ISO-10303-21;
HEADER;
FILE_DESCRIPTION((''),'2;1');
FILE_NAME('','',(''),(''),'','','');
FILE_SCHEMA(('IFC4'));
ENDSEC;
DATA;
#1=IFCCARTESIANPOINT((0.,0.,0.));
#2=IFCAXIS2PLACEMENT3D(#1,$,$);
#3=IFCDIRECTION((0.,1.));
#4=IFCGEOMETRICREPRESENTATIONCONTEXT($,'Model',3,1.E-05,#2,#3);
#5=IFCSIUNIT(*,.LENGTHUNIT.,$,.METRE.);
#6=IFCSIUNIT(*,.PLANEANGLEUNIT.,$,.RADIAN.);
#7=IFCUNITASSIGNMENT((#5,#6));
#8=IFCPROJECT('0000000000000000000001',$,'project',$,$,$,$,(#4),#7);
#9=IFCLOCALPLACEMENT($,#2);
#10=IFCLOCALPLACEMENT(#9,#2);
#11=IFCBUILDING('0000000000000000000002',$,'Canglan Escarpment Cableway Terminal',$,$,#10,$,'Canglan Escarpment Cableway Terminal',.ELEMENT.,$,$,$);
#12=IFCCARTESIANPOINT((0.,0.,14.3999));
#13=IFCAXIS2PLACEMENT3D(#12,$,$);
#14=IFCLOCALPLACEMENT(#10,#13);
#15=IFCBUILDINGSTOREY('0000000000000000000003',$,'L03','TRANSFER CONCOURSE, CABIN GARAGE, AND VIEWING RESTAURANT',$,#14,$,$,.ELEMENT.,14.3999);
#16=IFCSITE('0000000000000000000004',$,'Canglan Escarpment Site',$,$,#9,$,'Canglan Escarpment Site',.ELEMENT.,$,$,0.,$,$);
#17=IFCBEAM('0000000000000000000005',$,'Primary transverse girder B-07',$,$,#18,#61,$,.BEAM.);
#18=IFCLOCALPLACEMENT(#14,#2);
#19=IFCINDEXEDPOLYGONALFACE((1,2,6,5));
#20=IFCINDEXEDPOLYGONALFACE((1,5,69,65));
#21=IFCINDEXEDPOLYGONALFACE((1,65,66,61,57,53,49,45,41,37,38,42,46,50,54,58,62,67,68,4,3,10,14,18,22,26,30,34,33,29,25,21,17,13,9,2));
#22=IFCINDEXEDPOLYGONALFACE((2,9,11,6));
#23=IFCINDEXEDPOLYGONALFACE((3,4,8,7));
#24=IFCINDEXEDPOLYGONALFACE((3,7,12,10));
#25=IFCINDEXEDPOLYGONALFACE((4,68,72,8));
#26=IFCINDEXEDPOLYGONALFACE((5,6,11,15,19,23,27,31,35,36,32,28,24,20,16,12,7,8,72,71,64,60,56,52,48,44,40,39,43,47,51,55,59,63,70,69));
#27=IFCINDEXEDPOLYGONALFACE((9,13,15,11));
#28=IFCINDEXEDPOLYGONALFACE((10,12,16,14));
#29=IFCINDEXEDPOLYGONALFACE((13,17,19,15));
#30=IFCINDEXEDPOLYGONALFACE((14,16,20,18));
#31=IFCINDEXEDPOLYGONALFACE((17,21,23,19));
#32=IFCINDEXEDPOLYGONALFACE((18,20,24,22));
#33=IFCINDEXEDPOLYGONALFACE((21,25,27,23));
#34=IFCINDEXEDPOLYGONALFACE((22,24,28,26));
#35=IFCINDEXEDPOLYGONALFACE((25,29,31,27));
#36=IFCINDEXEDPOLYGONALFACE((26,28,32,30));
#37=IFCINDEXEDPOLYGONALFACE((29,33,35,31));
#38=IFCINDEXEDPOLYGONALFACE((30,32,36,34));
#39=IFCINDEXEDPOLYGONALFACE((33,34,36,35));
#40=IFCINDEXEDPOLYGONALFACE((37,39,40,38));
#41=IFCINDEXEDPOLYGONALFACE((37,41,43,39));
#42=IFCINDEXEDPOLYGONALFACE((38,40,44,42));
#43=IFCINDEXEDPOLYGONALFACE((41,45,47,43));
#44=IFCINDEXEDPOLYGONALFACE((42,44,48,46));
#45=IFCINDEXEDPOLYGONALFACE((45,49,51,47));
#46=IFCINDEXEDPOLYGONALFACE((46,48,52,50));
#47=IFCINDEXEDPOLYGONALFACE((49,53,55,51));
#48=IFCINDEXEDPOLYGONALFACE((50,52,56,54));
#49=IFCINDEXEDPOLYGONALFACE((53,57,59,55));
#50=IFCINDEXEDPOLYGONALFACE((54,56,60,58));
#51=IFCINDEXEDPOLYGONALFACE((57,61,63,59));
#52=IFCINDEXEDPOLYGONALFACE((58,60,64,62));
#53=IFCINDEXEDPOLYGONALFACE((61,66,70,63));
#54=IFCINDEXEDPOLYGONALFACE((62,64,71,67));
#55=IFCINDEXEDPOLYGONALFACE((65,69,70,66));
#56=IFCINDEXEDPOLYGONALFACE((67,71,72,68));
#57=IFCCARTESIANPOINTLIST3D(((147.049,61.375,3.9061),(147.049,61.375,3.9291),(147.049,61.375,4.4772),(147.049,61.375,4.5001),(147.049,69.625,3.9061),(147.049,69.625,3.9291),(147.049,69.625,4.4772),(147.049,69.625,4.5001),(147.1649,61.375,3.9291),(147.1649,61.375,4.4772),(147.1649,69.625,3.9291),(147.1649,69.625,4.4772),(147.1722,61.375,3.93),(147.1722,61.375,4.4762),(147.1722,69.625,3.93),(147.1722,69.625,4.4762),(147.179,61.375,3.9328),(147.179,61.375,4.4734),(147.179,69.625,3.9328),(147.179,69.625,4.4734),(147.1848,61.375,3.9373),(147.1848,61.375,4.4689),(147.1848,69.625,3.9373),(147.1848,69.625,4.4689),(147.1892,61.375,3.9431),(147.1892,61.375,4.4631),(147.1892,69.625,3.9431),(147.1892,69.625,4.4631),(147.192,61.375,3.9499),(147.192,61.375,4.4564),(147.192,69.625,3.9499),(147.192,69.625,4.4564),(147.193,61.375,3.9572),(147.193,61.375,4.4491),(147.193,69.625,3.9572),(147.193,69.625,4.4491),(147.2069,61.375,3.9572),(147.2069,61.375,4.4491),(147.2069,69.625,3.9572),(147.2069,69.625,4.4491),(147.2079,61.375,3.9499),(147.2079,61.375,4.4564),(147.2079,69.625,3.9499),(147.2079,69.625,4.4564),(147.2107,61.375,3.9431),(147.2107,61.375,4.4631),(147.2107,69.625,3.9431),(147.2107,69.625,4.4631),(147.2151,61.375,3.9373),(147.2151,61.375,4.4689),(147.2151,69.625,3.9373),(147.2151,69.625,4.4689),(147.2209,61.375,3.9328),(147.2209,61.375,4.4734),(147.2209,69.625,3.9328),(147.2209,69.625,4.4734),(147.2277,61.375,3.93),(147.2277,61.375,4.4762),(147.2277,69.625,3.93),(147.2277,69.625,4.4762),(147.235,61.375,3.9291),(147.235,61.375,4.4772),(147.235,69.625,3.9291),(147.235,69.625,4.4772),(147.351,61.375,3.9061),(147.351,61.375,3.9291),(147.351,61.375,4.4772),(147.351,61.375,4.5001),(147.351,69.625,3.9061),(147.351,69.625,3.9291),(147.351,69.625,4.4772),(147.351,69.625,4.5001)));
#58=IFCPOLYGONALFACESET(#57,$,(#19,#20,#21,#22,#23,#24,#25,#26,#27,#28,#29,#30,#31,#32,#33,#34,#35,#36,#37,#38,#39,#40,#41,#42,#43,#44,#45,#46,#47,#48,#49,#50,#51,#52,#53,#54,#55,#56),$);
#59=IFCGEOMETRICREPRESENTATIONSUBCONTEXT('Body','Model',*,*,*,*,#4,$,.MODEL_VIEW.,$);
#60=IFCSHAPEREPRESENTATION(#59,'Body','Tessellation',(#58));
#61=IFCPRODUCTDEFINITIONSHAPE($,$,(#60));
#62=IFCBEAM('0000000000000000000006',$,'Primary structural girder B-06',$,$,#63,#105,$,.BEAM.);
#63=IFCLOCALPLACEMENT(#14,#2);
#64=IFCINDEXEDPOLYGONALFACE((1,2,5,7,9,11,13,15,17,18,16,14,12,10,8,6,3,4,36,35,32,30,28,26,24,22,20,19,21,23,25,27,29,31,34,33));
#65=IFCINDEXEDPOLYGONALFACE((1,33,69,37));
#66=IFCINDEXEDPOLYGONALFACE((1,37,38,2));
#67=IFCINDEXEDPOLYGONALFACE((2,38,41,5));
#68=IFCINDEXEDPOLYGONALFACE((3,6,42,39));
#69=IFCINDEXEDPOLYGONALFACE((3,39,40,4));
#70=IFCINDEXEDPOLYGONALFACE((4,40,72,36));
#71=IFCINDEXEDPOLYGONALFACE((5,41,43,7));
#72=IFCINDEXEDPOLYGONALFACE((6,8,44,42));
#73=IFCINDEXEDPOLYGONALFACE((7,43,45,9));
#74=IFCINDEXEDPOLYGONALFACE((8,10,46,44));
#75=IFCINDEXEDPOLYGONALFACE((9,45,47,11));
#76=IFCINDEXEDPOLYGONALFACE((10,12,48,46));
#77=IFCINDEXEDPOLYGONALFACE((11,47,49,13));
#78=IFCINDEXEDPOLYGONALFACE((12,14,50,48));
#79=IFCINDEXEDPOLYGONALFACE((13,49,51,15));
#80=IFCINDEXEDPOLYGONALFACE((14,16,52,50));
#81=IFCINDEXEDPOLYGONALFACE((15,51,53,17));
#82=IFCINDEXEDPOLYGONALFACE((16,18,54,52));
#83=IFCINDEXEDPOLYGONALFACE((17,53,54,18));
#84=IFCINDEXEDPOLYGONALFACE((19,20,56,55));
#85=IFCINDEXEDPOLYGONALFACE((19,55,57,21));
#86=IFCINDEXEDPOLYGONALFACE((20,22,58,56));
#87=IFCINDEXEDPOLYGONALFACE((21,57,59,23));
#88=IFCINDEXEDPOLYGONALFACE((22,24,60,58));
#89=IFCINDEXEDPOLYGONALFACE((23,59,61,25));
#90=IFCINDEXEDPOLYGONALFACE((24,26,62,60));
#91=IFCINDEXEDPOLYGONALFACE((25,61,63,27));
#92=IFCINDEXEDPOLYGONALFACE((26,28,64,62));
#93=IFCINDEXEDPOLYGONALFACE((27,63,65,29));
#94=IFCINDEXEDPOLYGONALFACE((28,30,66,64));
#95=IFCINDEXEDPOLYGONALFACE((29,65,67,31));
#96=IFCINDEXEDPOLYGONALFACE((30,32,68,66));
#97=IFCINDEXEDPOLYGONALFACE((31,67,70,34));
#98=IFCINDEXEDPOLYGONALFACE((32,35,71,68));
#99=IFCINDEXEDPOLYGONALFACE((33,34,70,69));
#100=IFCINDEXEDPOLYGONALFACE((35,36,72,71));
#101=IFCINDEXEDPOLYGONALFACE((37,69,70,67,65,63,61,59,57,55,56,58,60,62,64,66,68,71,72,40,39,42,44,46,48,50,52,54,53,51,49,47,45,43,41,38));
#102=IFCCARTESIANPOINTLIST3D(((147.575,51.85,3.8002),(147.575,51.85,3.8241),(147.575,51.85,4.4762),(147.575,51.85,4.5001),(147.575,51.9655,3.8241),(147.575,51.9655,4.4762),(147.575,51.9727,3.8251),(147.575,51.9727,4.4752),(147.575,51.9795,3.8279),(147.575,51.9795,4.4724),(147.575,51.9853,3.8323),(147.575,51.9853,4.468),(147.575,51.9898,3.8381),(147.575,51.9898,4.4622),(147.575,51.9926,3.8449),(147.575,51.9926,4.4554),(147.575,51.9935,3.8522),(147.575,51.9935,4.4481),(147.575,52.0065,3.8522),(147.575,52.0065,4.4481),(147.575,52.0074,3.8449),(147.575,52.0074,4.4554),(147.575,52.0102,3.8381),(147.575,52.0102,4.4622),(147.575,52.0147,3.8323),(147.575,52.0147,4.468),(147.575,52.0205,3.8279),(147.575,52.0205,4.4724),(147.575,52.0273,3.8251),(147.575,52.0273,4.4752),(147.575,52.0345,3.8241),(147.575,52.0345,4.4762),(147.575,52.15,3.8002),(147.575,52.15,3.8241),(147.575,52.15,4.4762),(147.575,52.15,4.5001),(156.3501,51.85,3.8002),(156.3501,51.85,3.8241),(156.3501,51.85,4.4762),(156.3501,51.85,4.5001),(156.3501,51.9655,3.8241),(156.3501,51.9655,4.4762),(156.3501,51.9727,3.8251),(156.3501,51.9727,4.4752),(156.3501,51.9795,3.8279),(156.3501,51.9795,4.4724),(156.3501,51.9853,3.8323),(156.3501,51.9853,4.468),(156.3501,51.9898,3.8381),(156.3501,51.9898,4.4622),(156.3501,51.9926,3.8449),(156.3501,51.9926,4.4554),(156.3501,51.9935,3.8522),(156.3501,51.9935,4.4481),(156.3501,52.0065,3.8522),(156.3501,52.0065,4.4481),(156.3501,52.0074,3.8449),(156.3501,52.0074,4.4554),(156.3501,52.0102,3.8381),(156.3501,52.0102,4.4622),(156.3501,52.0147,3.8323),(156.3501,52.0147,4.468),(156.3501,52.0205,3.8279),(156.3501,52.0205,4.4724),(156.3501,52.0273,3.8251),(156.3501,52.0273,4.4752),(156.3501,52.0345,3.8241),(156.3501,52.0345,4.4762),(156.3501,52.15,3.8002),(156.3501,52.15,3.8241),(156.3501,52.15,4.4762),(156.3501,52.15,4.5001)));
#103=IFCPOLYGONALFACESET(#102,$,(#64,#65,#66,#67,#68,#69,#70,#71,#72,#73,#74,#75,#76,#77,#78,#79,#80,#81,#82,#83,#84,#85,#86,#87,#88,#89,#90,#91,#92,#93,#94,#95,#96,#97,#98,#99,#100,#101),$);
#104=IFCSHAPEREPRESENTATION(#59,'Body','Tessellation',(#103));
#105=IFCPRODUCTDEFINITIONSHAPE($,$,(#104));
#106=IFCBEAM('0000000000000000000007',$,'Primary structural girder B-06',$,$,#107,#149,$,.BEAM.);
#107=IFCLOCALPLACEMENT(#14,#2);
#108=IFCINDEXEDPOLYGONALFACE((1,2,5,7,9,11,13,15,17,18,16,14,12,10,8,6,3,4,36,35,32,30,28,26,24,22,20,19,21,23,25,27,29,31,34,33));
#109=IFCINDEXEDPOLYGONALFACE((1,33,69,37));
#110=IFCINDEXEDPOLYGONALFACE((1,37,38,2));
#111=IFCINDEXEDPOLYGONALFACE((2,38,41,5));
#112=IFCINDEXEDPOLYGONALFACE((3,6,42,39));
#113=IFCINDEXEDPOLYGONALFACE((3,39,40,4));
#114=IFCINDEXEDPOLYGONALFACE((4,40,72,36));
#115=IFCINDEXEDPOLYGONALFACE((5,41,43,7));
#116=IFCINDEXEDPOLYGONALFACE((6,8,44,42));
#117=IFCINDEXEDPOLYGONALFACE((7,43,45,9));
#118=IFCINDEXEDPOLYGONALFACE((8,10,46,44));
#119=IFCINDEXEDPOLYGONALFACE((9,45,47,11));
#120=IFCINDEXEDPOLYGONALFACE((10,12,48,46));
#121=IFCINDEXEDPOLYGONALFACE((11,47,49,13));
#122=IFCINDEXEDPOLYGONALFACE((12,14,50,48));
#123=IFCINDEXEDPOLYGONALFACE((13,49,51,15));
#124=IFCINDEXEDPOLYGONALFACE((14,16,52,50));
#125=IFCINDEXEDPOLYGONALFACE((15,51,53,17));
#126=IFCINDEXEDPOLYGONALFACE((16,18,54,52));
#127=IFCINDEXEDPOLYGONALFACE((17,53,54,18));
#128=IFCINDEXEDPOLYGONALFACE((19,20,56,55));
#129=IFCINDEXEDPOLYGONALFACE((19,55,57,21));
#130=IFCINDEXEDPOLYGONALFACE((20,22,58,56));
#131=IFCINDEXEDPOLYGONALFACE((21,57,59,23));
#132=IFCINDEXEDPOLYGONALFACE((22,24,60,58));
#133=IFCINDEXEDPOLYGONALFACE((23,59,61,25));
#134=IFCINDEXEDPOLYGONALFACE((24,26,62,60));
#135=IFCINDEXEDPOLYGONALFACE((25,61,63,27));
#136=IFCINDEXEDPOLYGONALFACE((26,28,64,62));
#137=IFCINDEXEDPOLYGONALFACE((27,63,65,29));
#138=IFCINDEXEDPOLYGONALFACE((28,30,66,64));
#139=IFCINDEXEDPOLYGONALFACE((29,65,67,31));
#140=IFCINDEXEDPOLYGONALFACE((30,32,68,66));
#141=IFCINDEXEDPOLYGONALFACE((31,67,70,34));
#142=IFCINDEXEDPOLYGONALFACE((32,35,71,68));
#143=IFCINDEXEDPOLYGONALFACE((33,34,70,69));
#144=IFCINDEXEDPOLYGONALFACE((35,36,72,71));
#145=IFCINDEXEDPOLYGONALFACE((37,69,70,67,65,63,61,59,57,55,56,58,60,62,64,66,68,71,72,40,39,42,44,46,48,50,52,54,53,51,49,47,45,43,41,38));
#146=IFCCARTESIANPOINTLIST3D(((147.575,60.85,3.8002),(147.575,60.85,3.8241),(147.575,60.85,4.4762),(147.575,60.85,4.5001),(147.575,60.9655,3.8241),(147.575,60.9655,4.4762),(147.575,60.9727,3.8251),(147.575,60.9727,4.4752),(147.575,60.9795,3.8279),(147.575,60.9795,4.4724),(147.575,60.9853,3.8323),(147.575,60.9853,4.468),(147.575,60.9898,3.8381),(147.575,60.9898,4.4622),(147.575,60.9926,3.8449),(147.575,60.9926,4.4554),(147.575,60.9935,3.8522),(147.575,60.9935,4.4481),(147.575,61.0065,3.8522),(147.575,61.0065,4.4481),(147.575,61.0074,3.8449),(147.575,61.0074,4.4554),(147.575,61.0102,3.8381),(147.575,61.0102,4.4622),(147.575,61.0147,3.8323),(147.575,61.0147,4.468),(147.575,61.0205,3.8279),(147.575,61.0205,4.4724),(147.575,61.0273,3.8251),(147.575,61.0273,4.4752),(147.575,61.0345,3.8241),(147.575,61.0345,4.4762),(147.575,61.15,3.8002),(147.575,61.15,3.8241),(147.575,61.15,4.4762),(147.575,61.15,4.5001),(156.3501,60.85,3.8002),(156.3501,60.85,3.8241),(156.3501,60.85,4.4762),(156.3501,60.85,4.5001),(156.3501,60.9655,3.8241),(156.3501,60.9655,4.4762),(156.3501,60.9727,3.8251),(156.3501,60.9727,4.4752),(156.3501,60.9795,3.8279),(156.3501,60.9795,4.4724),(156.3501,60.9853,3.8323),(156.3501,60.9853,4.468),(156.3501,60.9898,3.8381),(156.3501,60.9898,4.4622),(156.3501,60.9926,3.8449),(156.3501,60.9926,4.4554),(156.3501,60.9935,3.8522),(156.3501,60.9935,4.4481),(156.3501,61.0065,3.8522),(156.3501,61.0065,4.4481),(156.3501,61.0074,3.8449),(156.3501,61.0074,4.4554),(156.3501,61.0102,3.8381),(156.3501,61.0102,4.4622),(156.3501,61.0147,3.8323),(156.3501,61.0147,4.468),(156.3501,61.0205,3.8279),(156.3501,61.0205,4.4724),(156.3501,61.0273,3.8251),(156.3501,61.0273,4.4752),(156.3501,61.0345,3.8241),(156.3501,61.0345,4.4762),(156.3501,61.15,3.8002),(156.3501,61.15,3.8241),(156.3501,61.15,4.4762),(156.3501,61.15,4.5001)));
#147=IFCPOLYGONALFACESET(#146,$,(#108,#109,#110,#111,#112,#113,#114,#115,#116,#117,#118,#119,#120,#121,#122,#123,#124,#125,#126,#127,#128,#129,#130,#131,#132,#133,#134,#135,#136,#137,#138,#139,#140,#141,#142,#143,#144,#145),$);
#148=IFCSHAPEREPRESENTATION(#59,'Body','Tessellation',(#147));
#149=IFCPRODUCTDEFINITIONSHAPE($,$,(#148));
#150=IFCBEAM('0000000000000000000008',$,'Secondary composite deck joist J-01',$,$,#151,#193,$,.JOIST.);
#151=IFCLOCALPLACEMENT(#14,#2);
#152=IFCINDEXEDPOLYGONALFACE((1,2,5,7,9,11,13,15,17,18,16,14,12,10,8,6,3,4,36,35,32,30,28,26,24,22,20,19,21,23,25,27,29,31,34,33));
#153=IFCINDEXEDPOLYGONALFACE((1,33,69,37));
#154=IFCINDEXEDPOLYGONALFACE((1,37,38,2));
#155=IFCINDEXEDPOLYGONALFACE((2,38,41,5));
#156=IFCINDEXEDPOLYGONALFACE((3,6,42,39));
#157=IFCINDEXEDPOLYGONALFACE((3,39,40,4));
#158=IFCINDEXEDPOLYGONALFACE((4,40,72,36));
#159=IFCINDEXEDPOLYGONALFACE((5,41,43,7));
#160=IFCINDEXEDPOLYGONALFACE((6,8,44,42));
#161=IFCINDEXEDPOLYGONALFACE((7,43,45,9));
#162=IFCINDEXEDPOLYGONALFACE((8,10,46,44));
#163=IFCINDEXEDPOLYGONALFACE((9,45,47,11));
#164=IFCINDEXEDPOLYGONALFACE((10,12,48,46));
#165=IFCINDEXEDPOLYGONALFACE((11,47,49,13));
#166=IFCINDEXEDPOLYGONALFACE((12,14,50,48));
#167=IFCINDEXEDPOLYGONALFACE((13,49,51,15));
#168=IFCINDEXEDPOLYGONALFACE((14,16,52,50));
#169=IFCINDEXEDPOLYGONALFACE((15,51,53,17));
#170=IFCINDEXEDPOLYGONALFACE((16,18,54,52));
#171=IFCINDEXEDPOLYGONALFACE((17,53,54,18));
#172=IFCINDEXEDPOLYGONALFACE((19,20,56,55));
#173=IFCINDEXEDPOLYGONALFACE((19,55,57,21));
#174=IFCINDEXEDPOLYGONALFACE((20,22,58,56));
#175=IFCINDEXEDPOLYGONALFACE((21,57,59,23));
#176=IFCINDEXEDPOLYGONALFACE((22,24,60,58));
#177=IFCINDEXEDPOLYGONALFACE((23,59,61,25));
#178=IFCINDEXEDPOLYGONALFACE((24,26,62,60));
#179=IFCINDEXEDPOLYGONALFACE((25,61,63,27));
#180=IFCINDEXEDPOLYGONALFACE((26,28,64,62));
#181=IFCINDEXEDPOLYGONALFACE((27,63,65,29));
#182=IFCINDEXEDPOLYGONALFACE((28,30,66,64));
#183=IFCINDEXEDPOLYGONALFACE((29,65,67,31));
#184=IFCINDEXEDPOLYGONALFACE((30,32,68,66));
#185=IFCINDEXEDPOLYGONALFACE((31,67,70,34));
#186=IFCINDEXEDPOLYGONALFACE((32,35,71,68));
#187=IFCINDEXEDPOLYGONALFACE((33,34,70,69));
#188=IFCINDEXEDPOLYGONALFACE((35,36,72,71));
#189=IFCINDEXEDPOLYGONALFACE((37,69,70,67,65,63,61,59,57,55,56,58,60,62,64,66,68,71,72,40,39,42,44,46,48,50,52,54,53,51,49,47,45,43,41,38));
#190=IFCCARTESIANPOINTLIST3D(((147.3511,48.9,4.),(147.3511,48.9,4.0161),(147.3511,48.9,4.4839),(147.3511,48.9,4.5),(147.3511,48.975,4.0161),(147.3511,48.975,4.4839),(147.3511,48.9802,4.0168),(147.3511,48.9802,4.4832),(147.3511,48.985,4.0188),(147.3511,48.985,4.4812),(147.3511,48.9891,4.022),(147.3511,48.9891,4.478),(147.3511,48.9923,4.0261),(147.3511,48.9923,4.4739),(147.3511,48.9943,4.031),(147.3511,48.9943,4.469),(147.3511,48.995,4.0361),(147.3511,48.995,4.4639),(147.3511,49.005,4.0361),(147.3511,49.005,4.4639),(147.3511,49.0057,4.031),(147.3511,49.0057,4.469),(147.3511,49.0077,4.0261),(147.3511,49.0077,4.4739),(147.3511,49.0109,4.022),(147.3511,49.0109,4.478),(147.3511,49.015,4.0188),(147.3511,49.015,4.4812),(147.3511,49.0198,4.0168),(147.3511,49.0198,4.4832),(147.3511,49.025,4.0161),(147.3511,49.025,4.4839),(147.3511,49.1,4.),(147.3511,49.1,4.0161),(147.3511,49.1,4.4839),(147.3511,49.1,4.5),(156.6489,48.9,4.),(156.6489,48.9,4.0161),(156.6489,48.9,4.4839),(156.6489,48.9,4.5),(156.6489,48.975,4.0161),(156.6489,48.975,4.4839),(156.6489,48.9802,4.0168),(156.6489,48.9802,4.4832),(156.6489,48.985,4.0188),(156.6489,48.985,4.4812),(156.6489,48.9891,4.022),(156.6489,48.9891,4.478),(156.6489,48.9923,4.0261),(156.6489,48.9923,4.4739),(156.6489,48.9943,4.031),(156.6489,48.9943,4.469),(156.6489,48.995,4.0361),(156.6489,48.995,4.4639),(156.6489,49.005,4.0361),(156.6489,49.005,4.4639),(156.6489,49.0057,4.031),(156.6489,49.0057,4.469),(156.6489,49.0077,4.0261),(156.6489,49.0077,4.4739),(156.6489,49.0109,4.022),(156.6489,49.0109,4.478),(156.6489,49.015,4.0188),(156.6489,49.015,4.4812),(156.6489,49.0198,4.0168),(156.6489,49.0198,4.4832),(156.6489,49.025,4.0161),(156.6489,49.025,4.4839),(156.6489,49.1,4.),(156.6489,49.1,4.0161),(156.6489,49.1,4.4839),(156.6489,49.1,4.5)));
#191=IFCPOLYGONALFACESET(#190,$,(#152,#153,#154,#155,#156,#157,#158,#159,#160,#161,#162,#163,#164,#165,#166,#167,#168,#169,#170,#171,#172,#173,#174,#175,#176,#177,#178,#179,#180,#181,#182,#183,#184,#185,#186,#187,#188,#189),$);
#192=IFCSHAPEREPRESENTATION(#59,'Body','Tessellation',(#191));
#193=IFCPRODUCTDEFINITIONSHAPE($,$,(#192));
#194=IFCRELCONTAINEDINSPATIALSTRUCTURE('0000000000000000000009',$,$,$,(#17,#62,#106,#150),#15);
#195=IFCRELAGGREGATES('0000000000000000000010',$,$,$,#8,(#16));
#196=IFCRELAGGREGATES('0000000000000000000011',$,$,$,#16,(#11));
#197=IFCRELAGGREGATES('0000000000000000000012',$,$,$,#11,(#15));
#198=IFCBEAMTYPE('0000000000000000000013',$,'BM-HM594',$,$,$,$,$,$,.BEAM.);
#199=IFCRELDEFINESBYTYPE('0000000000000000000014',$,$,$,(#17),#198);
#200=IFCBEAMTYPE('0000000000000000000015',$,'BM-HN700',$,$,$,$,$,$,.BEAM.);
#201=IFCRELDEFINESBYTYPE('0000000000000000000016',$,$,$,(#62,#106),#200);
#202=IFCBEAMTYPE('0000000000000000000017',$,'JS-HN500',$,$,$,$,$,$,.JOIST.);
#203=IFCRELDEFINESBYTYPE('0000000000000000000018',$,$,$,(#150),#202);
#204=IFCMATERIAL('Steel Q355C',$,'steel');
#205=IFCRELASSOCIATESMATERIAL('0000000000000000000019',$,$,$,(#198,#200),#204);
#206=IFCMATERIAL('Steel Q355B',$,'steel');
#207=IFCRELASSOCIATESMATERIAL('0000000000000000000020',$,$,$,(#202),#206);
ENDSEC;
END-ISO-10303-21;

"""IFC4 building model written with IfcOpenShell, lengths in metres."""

from ifc_helpers import new_model, si_unit, direction, frame, origin, origin_2d, place, context, subcontext, project, spatial, i_section, extrude, material, material_profile, profile_set, type_object, element, save


model = new_model("IFC4")

# Units and contexts
model_context = context("Model", 3, precision=1e-05, world=origin(), true_north=direction((0.0, 1.0)))
body_context = subcontext(model_context, "Body", "Model", "MODEL_VIEW")
ifc_project = project(units=[si_unit("LENGTHUNIT", "METRE"), si_unit("PLANEANGLEUNIT", "RADIAN")], contexts=[model_context])

# Site, building, storey
site_placement = place(None, origin())
site = spatial("IfcSite", under=ifc_project, at=site_placement, Name="Canglan Escarpment Site", LongName="Canglan Escarpment Site", CompositionType="ELEMENT", RefElevation=0.0)
building_placement = place(site_placement, origin())
building = spatial("IfcBuilding", under=site, at=building_placement, Name="Canglan Escarpment Cableway Terminal", LongName="Canglan Escarpment Cableway Terminal", CompositionType="ELEMENT")
storey_placement = place(building_placement, frame((0.0, 0.0, 14.3999)))
storey = spatial("IfcBuildingStorey", under=building, at=storey_placement, Name="L03", Description="TRANSFER CONCOURSE, CABIN GARAGE, AND VIEWING RESTAURANT", CompositionType="ELEMENT", Elevation=14.3999)

# Beams
ifc_material_1 = material(Name="Steel Q355C", Category="steel")
ifc_material_profile_1 = material_profile(ifc_material_1, i_section(OverallWidth=0.302, OverallDepth=0.594, WebThickness=0.0139, FlangeThickness=0.0229, FilletRadius=0.0281, at=origin_2d()), Name="HM 594x302x14x23")
ifc_profile_set_1 = profile_set([ifc_material_profile_1], Name="Steel Q355C")
beam_type_1 = type_object("IfcBeamType", Name="BM-HM594", PredefinedType="BEAM", material=ifc_profile_set_1)
for number, where, z_axis, x_axis, name in (
    (1, (147.2, 61.375, 4.2031), (0.0, 1.0, 0.0), (-1.0, 0.0, 0.0), "Primary transverse girder B-07"),
):
    element("IfcBeam", number, at=place(storey_placement, frame(where, z_axis=z_axis, x_axis=x_axis)), inside=storey, type_object=beam_type_1, Name=name, PredefinedType="BEAM", context=body_context, shape_type="SweptSolid", body=[
        extrude(i_section(OverallWidth=0.302, OverallDepth=0.594, WebThickness=0.0139, FlangeThickness=0.0229, FilletRadius=0.0281, at=origin_2d()), origin(), (0.0, 0.0, 1.0), 8.25),
    ])
ifc_material_profile_2 = material_profile(ifc_material_1, i_section(OverallWidth=0.3, OverallDepth=0.7, WebThickness=0.0129, FlangeThickness=0.0239, FilletRadius=0.0281, at=origin_2d()), Name="HN 700x300x13x24")
ifc_profile_set_2 = profile_set([ifc_material_profile_2], Name="Steel Q355C")
beam_type_2 = type_object("IfcBeamType", Name="BM-HN700", PredefinedType="BEAM", material=ifc_profile_set_2)
for number, where, z_axis, x_axis, name in (
    (2, (147.575, 52.0, 4.1501), (1.0, 0.0, 0.0), (0.0, 1.0, 0.0), "Primary structural girder B-06"),
    (3, (147.575, 61.0, 4.1501), (1.0, 0.0, 0.0), (0.0, 1.0, 0.0), "Primary structural girder B-06"),
):
    element("IfcBeam", number, at=place(storey_placement, frame(where, z_axis=z_axis, x_axis=x_axis)), inside=storey, type_object=beam_type_2, Name=name, PredefinedType="BEAM", context=body_context, shape_type="SweptSolid", body=[
        extrude(i_section(OverallWidth=0.3, OverallDepth=0.7, WebThickness=0.0129, FlangeThickness=0.0239, FilletRadius=0.0281, at=origin_2d()), origin(), (0.0, 0.0, 1.0), 8.7751),
    ])
ifc_material_2 = material(Name="Steel Q355B", Category="steel")
ifc_material_profile_3 = material_profile(ifc_material_2, i_section(OverallWidth=0.2, OverallDepth=0.5, WebThickness=0.01, FlangeThickness=0.0161, FilletRadius=0.02, at=origin_2d()), Name="HN 500x200x10x16")
ifc_profile_set_3 = profile_set([ifc_material_profile_3], Name="Steel Q355B")
beam_type_3 = type_object("IfcBeamType", Name="JS-HN500", PredefinedType="JOIST", material=ifc_profile_set_3)
for number, where, z_axis, x_axis, name in (
    (4, (147.3511, 49.0, 4.25), (1.0, 0.0, 0.0), (0.0, 1.0, 0.0), "Secondary composite deck joist J-01"),
):
    element("IfcBeam", number, at=place(storey_placement, frame(where, z_axis=z_axis, x_axis=x_axis)), inside=storey, type_object=beam_type_3, Name=name, PredefinedType="JOIST", context=body_context, shape_type="SweptSolid", body=[
        extrude(i_section(OverallWidth=0.2, OverallDepth=0.5, WebThickness=0.01, FlangeThickness=0.0161, FilletRadius=0.02, at=origin_2d()), origin(), (0.0, 0.0, 1.0), 9.2979),
    ])

save(model, "model.ifc")
